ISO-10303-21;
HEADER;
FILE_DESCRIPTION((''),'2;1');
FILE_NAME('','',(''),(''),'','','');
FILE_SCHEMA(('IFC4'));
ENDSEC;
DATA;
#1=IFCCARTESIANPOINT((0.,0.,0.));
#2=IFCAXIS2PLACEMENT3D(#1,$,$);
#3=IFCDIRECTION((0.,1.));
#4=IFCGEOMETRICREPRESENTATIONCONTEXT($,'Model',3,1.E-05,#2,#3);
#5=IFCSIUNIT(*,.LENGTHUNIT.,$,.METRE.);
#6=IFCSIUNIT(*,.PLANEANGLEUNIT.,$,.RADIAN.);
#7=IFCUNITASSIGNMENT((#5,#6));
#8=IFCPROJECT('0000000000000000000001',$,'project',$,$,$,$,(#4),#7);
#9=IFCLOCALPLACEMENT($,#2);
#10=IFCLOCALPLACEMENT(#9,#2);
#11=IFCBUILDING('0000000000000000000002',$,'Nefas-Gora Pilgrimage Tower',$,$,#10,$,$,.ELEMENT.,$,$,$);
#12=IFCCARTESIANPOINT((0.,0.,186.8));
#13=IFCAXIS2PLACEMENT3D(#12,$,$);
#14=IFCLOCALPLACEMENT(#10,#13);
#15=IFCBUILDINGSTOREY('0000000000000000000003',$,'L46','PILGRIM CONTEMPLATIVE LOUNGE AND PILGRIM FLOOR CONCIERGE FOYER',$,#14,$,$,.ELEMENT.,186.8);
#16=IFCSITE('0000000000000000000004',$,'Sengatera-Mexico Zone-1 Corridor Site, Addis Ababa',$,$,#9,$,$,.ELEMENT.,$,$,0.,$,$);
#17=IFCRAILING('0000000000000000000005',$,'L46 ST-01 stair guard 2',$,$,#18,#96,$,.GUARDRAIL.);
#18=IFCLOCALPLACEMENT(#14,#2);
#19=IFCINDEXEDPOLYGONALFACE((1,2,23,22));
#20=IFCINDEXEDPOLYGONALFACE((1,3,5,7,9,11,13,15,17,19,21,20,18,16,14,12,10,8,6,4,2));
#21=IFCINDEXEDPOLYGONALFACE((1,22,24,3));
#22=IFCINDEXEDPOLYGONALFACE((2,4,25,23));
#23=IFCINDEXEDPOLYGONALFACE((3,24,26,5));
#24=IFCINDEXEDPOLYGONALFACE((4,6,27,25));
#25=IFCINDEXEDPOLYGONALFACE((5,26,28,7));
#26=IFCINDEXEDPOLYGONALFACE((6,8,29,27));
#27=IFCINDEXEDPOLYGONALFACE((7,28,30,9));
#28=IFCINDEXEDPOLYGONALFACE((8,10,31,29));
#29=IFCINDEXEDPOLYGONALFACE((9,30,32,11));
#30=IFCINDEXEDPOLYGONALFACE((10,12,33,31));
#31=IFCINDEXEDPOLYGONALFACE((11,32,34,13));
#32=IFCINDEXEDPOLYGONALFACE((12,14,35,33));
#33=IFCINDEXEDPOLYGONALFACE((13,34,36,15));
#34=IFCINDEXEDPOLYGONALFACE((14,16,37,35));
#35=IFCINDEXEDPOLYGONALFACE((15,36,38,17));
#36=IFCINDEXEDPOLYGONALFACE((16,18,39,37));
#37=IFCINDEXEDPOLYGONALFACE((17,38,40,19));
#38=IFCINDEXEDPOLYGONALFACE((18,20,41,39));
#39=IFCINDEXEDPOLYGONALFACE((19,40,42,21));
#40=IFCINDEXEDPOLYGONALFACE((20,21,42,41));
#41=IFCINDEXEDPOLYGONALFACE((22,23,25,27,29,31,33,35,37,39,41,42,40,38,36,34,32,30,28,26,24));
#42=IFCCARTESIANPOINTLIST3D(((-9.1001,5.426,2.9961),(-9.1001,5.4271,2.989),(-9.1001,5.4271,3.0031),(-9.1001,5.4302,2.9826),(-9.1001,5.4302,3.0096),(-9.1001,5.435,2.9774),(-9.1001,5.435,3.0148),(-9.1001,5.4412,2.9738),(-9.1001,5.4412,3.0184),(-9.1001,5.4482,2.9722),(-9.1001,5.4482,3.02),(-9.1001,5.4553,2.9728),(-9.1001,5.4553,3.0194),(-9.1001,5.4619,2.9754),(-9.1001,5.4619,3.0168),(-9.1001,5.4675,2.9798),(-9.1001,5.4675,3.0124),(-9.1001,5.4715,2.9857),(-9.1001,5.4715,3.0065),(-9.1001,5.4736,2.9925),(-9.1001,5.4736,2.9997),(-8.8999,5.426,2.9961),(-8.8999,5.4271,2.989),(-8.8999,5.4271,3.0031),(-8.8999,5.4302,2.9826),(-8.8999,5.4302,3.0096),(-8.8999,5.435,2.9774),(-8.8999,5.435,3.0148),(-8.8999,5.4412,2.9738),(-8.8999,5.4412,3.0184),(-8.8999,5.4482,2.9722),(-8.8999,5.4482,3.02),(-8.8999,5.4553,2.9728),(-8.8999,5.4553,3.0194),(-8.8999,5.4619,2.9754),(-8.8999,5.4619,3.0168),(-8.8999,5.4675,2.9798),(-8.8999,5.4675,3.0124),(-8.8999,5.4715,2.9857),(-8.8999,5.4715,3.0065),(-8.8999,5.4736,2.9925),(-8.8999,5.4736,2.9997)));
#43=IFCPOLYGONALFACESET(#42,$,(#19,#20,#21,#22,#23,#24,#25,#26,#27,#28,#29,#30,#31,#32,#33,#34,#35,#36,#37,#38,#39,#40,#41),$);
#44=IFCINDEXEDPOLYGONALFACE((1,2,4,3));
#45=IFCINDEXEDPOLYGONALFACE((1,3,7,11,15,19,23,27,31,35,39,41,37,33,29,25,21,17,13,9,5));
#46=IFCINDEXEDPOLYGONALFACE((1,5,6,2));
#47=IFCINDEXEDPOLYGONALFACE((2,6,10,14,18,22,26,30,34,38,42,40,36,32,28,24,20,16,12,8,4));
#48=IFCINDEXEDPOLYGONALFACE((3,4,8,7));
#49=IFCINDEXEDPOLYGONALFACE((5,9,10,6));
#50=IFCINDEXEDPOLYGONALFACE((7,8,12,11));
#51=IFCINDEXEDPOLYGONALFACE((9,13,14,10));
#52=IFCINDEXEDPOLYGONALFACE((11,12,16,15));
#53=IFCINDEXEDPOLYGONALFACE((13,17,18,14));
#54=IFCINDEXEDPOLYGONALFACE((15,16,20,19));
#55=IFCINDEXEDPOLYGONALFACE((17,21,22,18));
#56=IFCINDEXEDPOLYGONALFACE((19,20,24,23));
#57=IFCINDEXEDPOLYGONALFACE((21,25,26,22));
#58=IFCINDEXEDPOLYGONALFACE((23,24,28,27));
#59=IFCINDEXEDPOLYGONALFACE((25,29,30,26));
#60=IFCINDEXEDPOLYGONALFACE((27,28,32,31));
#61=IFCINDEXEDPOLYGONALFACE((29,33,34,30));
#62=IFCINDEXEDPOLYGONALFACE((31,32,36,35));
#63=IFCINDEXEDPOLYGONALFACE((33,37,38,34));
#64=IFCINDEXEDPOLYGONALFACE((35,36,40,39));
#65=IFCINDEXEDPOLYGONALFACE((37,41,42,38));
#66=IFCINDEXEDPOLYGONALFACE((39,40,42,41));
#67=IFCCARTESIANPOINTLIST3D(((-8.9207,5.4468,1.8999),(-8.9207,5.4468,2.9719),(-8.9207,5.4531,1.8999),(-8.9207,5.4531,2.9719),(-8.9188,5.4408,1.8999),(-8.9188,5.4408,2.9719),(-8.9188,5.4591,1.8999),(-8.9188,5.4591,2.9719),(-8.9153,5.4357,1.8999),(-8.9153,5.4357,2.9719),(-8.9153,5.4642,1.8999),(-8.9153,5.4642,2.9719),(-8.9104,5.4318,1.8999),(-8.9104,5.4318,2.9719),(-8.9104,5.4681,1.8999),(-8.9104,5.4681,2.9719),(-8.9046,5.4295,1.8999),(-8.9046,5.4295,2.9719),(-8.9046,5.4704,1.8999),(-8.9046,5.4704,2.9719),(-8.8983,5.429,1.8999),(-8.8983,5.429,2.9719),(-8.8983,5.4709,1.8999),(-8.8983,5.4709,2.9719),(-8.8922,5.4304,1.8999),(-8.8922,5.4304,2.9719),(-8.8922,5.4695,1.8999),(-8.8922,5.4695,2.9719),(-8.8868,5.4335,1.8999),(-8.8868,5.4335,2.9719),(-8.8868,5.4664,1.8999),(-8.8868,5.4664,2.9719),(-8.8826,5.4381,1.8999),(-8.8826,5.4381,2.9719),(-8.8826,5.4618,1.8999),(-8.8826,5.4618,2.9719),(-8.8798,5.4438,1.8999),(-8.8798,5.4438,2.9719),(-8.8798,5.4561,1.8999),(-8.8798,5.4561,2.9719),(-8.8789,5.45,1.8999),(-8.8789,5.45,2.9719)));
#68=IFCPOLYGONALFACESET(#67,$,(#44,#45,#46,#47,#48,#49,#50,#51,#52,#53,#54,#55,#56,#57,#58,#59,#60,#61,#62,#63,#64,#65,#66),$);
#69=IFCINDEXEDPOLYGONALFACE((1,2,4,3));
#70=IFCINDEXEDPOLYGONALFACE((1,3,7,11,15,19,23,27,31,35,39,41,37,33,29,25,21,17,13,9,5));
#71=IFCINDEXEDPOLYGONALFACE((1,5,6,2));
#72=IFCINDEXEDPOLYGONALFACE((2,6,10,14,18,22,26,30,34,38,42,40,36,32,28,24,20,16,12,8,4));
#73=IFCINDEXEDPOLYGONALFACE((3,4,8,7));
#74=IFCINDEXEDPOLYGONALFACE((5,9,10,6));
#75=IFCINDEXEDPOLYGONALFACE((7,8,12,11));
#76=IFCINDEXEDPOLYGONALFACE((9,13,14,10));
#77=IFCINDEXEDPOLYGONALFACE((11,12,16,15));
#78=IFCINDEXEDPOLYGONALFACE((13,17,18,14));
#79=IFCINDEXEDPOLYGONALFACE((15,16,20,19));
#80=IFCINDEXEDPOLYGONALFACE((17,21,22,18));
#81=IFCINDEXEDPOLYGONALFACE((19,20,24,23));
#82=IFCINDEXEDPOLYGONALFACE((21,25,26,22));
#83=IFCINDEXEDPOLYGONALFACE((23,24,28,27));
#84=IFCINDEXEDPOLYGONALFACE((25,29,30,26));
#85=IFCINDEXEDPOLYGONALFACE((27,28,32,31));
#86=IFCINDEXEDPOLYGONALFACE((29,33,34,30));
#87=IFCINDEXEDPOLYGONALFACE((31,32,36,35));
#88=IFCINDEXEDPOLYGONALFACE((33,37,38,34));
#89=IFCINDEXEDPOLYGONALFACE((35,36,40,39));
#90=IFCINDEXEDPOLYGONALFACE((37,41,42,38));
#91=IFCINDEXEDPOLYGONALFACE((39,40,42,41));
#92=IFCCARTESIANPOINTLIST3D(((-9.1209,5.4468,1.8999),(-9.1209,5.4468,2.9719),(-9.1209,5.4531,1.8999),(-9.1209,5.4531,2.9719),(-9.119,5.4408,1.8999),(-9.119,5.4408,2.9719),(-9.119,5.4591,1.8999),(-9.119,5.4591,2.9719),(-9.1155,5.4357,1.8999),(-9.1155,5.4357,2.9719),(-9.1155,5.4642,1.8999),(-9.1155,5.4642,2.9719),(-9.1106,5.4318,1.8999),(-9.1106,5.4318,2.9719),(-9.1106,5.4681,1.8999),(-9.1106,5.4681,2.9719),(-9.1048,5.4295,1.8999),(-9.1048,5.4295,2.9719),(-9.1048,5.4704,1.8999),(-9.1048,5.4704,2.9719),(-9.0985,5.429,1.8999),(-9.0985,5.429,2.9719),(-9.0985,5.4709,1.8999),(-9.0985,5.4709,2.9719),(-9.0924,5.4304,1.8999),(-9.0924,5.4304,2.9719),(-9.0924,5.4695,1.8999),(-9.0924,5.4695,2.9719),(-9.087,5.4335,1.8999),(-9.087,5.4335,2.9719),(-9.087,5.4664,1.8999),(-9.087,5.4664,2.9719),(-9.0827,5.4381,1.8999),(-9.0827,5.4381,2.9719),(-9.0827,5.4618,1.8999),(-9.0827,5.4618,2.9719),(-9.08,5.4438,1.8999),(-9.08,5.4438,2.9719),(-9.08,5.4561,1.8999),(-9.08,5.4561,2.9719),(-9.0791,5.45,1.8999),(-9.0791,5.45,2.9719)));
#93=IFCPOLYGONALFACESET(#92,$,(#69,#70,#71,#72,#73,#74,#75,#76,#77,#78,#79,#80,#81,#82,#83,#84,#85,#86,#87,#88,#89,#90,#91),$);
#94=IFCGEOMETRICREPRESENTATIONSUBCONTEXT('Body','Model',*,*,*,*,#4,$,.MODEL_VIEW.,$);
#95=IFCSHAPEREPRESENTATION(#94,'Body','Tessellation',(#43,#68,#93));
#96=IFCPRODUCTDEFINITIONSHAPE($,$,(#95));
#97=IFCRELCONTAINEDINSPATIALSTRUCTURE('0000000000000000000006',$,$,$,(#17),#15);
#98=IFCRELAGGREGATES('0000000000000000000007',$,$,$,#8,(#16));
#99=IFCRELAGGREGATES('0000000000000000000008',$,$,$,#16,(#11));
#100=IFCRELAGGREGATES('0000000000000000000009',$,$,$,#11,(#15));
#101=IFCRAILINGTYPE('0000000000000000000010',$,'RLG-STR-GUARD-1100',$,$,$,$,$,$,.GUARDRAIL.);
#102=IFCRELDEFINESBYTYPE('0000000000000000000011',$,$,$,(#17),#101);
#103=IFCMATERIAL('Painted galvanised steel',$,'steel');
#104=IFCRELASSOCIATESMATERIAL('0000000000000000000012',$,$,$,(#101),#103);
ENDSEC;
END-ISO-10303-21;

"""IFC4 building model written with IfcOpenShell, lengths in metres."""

from ifc_helpers import new_model, si_unit, direction, frame, origin, origin_2d, place, context, subcontext, project, spatial, circle, extrude, material, type_object, element, save


model = new_model("IFC4")

# Units and contexts
model_context = context("Model", 3, precision=1e-05, world=origin(), true_north=direction((0.0, 1.0)))
body_context = subcontext(model_context, "Body", "Model", "MODEL_VIEW")
ifc_project = project(units=[si_unit("LENGTHUNIT", "METRE"), si_unit("PLANEANGLEUNIT", "RADIAN")], contexts=[model_context])

# Site, building, storey
site_placement = place(None, origin())
site = spatial("IfcSite", under=ifc_project, at=site_placement, Name="Sengatera-Mexico Zone-1 Corridor Site, Addis Ababa", CompositionType="ELEMENT", RefElevation=0.0)
building_placement = place(site_placement, origin())
building = spatial("IfcBuilding", under=site, at=building_placement, Name="Nefas-Gora Pilgrimage Tower", CompositionType="ELEMENT")
storey_placement = place(building_placement, frame((0.0, 0.0, 186.8)))
storey = spatial("IfcBuildingStorey", under=building, at=storey_placement, Name="L46", Description="PILGRIM CONTEMPLATIVE LOUNGE AND PILGRIM FLOOR CONCIERGE FOYER", CompositionType="ELEMENT", Elevation=186.8)

# Railing
ifc_material_1 = material(Name="Painted galvanised steel", Category="steel")
railing_type_1 = type_object("IfcRailingType", Name="RLG-STR-GUARD-1100", PredefinedType="GUARDRAIL", material=ifc_material_1)
railing_1_placement = place(storey_placement, frame((-8.8999, 5.45, 1.8999)))
element("IfcRailing", 1, at=railing_1_placement, inside=storey, type_object=railing_type_1, Name="L46 ST-01 stair guard 2", PredefinedType="GUARDRAIL", context=body_context, shape_type="SweptSolid", body=[
    extrude(circle(Radius=0.0239, at=origin_2d()), frame((0.0, 0.0, 1.0962), z_axis=(-1.0, 0.0, 0.0), x_axis=(0.0, -1.0, 0.0)), (0.0, 0.0, 1.0), 0.2002),
    extrude(circle(Radius=0.021, at=origin_2d()), origin(), (0.0, 0.0, 1.0), 1.072),
    extrude(circle(Radius=0.021, at=origin_2d()), frame((-0.2002, 0.0, 0.0)), (0.0, 0.0, 1.0), 1.072),
])

save(model, "model.ifc")
